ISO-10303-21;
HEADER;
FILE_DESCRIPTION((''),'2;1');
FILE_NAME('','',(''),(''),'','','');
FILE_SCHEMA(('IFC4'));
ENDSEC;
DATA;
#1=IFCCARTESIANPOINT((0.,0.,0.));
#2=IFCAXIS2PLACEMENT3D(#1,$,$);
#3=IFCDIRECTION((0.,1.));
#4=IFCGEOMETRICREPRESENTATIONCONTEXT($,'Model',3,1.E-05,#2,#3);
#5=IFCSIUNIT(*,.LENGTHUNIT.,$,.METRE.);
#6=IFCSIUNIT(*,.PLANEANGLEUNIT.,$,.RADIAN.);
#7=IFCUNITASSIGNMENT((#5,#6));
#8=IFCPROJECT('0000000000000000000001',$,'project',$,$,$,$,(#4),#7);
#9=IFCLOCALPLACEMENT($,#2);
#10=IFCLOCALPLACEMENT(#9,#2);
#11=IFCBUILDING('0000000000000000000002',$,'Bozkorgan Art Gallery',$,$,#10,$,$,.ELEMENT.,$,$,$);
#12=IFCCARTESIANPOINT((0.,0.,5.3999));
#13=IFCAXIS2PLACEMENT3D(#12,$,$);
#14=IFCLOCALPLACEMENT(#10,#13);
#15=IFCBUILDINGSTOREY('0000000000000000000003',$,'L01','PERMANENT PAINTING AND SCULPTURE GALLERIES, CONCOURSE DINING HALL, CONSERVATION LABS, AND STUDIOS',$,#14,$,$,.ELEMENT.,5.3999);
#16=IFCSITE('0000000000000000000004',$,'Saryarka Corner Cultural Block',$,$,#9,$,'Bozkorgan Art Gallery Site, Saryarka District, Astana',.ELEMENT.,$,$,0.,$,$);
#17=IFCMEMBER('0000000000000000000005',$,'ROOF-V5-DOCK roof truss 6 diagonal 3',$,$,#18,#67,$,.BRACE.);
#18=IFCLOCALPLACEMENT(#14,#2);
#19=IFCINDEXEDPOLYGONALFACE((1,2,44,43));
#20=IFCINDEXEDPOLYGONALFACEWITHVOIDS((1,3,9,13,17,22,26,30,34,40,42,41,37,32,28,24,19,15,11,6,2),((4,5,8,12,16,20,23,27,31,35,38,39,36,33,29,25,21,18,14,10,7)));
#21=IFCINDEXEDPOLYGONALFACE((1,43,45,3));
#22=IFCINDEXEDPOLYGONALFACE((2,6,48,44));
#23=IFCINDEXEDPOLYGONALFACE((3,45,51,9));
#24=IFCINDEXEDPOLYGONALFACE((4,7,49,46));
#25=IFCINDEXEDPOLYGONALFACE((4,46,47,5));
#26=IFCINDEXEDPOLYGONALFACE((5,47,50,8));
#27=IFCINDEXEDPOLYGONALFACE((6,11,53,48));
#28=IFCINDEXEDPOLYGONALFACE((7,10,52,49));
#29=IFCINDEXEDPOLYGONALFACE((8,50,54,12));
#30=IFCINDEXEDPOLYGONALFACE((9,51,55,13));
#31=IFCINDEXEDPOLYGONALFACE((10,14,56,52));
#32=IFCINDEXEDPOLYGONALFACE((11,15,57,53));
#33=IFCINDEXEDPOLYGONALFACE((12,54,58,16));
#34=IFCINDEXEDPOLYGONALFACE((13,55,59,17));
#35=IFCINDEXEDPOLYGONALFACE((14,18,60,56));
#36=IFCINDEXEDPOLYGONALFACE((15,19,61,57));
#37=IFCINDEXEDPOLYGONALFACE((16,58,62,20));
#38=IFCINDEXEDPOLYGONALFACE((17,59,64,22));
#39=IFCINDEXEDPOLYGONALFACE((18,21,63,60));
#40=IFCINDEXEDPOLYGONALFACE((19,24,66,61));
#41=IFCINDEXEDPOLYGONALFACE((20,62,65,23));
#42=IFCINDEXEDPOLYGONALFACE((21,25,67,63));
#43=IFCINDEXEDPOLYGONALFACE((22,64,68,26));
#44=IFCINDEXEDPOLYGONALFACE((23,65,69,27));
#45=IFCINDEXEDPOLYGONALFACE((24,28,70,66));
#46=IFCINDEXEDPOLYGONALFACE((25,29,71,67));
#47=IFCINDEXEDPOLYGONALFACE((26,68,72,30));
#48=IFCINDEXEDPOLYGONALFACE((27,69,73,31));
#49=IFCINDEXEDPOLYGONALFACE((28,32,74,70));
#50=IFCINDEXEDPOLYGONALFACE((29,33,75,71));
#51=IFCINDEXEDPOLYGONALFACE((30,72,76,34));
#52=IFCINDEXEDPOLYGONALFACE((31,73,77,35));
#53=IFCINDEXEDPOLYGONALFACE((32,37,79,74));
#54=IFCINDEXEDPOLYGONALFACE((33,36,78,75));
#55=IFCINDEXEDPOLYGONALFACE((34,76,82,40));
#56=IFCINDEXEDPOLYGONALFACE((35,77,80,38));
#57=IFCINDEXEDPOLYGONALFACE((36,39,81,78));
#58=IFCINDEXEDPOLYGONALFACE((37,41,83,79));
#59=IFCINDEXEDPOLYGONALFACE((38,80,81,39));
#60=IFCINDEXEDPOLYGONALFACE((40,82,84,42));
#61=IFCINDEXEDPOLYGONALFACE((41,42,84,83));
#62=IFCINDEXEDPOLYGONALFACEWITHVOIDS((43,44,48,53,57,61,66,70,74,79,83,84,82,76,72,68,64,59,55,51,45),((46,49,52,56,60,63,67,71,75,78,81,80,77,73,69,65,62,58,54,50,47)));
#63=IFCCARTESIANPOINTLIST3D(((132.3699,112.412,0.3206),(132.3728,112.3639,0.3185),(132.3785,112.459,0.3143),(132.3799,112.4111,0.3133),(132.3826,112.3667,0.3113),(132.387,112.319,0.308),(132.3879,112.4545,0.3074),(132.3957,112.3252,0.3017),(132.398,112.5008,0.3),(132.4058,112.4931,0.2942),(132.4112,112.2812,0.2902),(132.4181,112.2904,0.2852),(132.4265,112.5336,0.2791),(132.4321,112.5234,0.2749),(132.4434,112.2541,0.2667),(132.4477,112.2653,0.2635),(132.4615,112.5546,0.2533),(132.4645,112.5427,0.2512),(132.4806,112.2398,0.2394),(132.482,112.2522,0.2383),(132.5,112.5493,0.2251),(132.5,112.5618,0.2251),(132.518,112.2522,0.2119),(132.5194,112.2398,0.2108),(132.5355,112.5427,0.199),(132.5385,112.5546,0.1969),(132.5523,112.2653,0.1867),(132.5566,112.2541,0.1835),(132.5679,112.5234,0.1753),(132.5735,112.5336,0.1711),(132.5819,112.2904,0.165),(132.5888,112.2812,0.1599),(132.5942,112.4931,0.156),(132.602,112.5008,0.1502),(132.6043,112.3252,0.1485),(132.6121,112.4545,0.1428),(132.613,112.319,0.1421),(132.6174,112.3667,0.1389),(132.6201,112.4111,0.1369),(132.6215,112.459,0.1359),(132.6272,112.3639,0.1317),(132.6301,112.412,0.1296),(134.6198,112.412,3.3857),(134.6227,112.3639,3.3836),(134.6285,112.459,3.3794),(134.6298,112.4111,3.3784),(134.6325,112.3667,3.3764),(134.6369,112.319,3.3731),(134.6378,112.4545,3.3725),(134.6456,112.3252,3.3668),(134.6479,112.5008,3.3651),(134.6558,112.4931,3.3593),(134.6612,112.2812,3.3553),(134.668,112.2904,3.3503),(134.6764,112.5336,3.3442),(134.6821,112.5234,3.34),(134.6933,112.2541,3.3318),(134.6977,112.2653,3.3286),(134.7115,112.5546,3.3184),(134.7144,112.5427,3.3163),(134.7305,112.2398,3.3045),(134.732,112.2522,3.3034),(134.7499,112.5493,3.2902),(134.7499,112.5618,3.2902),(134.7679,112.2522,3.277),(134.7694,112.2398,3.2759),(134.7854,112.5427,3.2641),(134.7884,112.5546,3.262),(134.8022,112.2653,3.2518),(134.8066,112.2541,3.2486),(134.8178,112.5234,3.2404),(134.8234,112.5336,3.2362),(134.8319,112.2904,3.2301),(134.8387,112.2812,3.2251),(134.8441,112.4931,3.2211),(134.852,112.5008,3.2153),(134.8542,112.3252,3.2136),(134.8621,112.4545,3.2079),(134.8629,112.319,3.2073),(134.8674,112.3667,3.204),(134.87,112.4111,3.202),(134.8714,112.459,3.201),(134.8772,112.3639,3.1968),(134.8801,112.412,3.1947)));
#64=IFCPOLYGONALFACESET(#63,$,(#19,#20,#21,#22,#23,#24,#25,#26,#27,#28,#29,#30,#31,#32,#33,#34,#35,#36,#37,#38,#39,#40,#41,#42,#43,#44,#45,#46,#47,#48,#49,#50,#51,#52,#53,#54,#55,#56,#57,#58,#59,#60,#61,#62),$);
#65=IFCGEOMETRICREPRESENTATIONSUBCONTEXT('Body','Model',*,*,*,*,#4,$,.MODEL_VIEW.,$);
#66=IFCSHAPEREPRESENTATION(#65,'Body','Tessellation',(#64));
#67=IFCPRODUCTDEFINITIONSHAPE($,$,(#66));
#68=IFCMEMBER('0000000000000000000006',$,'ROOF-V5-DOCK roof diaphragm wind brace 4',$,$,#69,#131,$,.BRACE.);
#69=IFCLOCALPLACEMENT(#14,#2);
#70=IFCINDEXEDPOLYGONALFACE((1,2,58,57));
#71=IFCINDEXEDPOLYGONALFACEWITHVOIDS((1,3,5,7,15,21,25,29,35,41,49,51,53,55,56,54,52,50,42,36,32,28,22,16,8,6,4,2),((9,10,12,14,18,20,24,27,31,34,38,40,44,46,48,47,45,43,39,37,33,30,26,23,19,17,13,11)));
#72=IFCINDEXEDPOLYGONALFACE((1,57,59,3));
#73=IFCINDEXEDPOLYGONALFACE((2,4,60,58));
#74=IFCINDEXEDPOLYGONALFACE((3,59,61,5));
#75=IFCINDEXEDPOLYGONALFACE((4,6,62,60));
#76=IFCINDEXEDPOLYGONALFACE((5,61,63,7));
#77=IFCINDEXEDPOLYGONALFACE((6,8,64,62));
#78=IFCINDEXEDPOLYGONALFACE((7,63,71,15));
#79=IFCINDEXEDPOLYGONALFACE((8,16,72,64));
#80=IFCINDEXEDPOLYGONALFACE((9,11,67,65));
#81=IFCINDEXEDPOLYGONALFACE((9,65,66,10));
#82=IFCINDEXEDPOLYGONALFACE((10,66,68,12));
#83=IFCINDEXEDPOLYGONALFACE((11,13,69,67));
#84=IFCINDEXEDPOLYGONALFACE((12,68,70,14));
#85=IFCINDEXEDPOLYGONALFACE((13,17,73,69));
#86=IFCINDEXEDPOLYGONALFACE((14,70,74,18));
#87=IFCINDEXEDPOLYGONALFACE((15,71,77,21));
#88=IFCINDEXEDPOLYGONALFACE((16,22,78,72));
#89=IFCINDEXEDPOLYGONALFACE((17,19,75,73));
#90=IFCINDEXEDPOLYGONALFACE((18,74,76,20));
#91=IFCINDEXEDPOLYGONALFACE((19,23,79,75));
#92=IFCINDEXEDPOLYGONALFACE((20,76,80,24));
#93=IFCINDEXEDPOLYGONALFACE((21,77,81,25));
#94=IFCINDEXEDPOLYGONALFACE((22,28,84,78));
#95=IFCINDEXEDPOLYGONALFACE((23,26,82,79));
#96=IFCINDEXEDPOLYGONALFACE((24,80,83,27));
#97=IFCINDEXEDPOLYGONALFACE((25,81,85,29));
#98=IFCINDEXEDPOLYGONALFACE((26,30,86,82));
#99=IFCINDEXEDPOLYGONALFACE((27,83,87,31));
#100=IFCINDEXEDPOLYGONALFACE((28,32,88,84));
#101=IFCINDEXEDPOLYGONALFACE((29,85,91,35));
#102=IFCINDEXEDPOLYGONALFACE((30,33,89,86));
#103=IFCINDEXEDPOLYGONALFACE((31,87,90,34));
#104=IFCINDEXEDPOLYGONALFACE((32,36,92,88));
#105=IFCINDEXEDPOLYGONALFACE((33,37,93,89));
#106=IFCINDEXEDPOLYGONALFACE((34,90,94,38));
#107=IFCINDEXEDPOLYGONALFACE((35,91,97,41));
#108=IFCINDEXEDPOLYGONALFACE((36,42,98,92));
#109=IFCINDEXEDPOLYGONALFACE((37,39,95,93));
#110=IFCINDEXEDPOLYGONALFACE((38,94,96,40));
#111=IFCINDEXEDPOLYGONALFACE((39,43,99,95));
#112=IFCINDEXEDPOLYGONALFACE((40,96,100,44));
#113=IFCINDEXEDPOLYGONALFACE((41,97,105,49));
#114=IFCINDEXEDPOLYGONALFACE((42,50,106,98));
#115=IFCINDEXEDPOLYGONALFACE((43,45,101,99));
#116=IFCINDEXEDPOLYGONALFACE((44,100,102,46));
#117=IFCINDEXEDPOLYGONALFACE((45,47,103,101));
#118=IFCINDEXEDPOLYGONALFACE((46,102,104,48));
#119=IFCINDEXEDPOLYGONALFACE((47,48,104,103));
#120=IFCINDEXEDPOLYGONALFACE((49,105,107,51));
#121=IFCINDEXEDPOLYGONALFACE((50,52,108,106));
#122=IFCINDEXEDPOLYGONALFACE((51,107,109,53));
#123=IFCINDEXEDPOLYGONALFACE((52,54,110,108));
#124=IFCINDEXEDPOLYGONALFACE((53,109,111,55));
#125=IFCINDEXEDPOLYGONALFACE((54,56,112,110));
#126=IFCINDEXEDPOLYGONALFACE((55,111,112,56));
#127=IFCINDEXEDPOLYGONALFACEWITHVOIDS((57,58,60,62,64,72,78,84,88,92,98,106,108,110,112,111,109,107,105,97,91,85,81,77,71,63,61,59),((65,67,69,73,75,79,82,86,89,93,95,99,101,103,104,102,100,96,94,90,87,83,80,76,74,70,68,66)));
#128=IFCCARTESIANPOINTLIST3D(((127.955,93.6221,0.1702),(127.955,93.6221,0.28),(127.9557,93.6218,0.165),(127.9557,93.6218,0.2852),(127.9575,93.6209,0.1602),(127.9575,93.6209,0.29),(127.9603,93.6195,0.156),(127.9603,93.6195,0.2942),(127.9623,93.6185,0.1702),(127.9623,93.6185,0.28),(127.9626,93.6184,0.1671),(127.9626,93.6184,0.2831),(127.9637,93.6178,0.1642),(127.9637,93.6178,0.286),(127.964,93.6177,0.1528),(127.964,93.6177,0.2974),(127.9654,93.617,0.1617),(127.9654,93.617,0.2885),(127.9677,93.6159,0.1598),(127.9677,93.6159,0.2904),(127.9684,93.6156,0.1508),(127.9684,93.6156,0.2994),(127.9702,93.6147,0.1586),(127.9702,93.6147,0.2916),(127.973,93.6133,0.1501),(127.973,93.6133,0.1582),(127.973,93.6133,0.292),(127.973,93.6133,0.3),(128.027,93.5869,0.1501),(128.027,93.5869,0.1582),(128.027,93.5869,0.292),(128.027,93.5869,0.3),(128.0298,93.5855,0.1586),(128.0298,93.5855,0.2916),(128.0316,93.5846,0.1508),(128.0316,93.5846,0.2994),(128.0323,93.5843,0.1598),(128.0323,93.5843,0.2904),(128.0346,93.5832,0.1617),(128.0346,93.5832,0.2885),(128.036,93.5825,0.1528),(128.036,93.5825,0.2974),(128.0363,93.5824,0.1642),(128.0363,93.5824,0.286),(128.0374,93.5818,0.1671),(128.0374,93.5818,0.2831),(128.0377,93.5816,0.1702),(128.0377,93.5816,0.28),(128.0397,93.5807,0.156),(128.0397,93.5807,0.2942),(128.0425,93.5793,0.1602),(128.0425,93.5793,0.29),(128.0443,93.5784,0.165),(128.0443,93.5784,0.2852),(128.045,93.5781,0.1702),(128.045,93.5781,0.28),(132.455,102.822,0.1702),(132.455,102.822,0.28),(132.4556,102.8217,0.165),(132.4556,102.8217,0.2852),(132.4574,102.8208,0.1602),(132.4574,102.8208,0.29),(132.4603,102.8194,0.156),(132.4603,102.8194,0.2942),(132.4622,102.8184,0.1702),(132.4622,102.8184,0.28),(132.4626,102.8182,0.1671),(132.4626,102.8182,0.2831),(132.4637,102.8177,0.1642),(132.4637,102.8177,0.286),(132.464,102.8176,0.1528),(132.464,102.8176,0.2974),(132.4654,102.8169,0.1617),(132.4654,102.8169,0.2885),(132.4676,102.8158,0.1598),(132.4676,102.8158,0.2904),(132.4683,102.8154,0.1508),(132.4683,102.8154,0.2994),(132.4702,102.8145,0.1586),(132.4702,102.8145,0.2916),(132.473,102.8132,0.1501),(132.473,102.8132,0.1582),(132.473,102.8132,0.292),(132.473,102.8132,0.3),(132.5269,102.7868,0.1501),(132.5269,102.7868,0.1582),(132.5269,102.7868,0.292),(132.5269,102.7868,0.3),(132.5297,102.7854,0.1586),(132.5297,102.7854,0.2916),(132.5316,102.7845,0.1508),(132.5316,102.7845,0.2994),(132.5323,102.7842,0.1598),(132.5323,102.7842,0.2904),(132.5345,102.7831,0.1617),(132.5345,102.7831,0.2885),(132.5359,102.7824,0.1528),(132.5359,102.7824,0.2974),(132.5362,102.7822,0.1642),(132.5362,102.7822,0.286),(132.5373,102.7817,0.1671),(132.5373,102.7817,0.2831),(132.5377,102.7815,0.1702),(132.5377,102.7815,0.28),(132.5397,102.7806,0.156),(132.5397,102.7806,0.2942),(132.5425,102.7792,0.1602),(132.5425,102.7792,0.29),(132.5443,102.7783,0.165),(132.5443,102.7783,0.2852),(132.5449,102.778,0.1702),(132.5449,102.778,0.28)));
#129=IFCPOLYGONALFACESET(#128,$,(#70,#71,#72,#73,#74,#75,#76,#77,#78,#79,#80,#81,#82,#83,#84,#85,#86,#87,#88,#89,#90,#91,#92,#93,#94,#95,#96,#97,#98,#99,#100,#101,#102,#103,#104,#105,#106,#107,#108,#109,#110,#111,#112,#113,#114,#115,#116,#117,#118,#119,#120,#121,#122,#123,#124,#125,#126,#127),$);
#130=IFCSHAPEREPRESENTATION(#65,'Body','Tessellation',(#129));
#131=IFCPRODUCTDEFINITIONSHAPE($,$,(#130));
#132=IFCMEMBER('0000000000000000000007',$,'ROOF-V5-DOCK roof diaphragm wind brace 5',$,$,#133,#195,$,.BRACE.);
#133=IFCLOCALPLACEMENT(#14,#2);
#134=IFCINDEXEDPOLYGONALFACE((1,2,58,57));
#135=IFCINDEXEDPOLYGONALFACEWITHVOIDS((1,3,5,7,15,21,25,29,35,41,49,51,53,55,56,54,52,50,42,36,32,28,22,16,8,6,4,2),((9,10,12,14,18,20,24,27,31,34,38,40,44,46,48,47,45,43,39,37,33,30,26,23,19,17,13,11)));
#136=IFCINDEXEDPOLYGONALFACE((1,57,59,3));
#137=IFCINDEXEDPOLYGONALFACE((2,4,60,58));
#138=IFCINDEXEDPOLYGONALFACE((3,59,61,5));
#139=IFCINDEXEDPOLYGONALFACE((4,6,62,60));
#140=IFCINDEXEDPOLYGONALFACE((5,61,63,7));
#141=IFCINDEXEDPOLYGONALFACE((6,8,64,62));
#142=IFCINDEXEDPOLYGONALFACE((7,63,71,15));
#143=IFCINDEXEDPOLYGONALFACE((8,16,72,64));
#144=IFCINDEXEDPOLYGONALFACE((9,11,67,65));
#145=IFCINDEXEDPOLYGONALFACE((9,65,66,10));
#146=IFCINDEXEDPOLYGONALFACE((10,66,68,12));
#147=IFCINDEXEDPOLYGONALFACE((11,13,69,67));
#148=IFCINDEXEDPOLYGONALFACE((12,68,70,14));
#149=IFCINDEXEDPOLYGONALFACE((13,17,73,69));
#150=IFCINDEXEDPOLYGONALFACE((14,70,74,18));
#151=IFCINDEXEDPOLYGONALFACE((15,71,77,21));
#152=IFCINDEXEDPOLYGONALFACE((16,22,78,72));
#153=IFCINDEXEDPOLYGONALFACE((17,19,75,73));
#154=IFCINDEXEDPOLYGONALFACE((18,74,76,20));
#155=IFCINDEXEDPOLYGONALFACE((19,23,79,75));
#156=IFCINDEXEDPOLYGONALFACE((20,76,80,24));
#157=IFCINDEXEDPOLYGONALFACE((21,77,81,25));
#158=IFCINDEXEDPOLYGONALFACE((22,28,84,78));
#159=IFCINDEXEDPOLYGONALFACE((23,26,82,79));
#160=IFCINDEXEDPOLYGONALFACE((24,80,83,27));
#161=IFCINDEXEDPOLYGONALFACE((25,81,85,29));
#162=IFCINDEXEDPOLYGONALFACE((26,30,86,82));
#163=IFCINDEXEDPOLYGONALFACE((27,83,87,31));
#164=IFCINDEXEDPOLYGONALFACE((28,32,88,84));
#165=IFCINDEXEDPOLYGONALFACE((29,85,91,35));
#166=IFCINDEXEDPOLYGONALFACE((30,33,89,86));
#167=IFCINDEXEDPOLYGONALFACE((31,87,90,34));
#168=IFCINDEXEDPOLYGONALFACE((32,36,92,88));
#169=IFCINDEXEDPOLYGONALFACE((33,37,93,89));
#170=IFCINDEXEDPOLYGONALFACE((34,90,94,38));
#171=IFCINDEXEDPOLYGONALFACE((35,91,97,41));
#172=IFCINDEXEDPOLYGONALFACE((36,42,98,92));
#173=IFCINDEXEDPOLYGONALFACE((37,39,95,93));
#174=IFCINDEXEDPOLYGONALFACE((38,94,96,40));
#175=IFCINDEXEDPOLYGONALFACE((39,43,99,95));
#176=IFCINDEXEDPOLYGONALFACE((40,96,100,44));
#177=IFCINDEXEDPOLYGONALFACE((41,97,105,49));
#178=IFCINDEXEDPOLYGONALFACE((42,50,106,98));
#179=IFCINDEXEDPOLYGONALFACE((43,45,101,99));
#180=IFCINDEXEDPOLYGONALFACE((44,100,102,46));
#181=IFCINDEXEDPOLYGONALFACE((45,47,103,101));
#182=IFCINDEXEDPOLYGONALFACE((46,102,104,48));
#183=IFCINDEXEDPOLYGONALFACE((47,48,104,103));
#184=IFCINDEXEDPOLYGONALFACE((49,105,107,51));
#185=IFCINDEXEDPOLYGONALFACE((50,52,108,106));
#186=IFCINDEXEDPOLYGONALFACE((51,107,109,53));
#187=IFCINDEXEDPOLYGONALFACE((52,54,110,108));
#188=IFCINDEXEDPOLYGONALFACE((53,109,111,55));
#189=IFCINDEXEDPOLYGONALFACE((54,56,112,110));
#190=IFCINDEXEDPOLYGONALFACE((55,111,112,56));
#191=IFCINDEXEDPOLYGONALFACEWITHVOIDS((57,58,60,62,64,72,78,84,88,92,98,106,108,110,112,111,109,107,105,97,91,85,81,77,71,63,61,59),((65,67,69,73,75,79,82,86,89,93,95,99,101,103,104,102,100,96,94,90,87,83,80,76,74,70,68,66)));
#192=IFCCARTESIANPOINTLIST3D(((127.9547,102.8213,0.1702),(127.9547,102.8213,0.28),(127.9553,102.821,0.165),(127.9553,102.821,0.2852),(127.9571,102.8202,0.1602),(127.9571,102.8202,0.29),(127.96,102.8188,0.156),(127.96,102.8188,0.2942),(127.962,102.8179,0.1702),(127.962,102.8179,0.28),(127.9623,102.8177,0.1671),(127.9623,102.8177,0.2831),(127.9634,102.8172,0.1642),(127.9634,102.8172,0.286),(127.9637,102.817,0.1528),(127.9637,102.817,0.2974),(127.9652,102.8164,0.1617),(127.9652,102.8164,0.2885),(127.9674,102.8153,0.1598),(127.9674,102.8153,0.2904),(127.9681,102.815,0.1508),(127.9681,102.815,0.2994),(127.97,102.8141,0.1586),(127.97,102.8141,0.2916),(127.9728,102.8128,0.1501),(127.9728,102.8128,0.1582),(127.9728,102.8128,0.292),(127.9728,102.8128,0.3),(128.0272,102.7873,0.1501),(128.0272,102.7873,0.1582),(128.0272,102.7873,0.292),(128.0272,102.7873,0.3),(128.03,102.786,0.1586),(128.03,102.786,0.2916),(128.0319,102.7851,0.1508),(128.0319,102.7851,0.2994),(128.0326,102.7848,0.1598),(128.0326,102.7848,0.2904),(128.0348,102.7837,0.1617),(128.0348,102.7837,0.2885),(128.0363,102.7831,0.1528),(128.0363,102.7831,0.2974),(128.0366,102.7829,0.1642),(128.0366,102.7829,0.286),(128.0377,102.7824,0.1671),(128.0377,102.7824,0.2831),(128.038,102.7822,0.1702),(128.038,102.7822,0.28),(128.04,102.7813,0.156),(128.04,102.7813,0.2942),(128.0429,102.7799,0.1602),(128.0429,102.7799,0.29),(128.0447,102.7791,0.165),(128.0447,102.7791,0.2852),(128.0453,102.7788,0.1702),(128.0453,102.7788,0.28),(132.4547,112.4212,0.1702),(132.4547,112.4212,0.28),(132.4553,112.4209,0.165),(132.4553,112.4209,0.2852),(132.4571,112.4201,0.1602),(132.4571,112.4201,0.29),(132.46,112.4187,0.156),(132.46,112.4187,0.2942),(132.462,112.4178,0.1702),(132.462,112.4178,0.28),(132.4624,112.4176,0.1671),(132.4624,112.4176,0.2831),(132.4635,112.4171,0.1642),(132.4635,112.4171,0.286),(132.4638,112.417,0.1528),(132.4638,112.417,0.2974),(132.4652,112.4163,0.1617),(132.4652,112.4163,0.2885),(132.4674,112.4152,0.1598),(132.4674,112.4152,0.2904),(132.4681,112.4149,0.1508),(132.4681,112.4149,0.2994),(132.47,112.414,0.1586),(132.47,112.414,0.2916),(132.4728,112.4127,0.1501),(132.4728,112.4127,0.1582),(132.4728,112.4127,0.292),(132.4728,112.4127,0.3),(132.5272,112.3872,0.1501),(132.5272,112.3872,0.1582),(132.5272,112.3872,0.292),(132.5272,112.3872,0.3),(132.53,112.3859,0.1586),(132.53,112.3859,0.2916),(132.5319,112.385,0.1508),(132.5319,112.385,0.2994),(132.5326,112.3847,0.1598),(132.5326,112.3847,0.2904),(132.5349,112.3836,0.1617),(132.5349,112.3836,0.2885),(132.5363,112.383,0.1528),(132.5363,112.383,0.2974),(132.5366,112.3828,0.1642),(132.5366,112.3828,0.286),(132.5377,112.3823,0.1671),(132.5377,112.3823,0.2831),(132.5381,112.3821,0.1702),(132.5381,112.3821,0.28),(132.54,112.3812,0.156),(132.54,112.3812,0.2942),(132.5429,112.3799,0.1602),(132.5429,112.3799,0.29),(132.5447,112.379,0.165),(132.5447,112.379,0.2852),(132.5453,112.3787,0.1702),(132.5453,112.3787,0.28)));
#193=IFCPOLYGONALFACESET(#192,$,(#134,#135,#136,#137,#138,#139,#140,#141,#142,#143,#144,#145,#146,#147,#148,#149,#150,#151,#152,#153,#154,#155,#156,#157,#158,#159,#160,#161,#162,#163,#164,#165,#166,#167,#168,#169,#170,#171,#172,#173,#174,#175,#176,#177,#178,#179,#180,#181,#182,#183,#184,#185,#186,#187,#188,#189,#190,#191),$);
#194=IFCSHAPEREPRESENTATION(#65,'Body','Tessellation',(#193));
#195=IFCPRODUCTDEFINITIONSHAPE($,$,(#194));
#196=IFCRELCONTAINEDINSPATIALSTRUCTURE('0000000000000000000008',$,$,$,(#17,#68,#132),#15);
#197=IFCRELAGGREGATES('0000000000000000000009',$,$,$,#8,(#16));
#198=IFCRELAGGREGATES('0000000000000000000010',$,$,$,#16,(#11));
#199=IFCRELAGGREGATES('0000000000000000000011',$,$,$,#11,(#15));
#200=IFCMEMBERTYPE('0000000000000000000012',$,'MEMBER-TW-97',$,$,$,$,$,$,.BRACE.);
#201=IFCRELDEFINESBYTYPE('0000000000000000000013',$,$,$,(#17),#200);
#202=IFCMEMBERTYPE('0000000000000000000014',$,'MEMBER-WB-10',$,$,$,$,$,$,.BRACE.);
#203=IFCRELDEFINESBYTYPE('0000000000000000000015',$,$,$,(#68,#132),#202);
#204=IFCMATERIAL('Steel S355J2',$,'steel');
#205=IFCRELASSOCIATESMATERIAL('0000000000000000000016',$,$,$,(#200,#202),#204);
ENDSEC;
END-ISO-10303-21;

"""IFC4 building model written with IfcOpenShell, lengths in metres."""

from ifc_helpers import new_model, si_unit, direction, frame, origin, origin_2d, place, context, subcontext, project, spatial, hollow_rectangle, hollow_circle, extrude, material, material_profile, profile_set, type_object, element, save


model = new_model("IFC4")

# Units and contexts
model_context = context("Model", 3, precision=1e-05, world=origin(), true_north=direction((0.0, 1.0)))
body_context = subcontext(model_context, "Body", "Model", "MODEL_VIEW")
ifc_project = project(units=[si_unit("LENGTHUNIT", "METRE"), si_unit("PLANEANGLEUNIT", "RADIAN")], contexts=[model_context])

# Site, building, storey
site_placement = place(None, origin())
site = spatial("IfcSite", under=ifc_project, at=site_placement, Name="Saryarka Corner Cultural Block", LongName="Bozkorgan Art Gallery Site, Saryarka District, Astana", CompositionType="ELEMENT", RefElevation=0.0)
building_placement = place(site_placement, origin())
building = spatial("IfcBuilding", under=site, at=building_placement, Name="Bozkorgan Art Gallery", CompositionType="ELEMENT")
storey_placement = place(building_placement, frame((0.0, 0.0, 5.3999)))
storey = spatial("IfcBuildingStorey", under=building, at=storey_placement, Name="L01", Description="PERMANENT PAINTING AND SCULPTURE GALLERIES, CONCOURSE DINING HALL, CONSERVATION LABS, AND STUDIOS", CompositionType="ELEMENT", Elevation=5.3999)

# Members
ifc_material_1 = material(Name="Steel S355J2", Category="steel")
ifc_material_profile_1 = material_profile(ifc_material_1, hollow_circle(Radius=0.1619, WallThickness=0.0125, at=origin_2d()), Name="CHS 323.9x12.5")
ifc_profile_set_1 = profile_set([ifc_material_profile_1], Name="Steel S355J2")
member_type_1 = type_object("IfcMemberType", Name="MEMBER-TW-97", PredefinedType="BRACE", material=ifc_profile_set_1)
member_1_placement = place(storey_placement, frame((132.5, 112.3999, 0.2251), z_axis=(0.591739, 0.0, 0.806129), x_axis=(0.0, 1.0, 0.0)))
element("IfcMember", 1, at=member_1_placement, inside=storey, type_object=member_type_1, Name="ROOF-V5-DOCK roof truss 6 diagonal 3", PredefinedType="BRACE", context=body_context, shape_type="SweptSolid", body=[
    extrude(hollow_circle(Radius=0.1619, WallThickness=0.0125, at=origin_2d()), origin(), (0.0, 0.0, 1.0), 3.8022),
])
ifc_material_profile_2 = material_profile(ifc_material_1, hollow_rectangle(XDim=0.1001, YDim=0.1499, WallThickness=0.0081, InnerFilletRadius=0.012, OuterFilletRadius=0.02, at=origin_2d()), Name="RHS 150x100x8")
ifc_profile_set_2 = profile_set([ifc_material_profile_2], Name="Steel S355J2")
member_type_2 = type_object("IfcMemberType", Name="MEMBER-WB-10", PredefinedType="BRACE", material=ifc_profile_set_2)
member_2_placement = place(storey_placement, frame((128.0, 93.6001, 0.2251), z_axis=(0.439387, 0.898298, 0.0), x_axis=(-0.898298, 0.439387, 0.0)))
element("IfcMember", 2, at=member_2_placement, inside=storey, type_object=member_type_2, Name="ROOF-V5-DOCK roof diaphragm wind brace 4", PredefinedType="BRACE", context=body_context, shape_type="SweptSolid", body=[
    extrude(hollow_rectangle(XDim=0.1001, YDim=0.1499, WallThickness=0.0081, InnerFilletRadius=0.012, OuterFilletRadius=0.02, at=origin_2d()), origin(), (0.0, 0.0, 1.0), 10.2415),
])
member_3_placement = place(storey_placement, frame((128.0, 102.8, 0.2251), z_axis=(0.424439, 0.905456, 0.0), x_axis=(-0.905456, 0.424439, 0.0)))
element("IfcMember", 3, at=member_3_placement, inside=storey, type_object=member_type_2, Name="ROOF-V5-DOCK roof diaphragm wind brace 5", PredefinedType="BRACE", context=body_context, shape_type="SweptSolid", body=[
    extrude(hollow_rectangle(XDim=0.1001, YDim=0.1499, WallThickness=0.0081, InnerFilletRadius=0.012, OuterFilletRadius=0.02, at=origin_2d()), origin(), (0.0, 0.0, 1.0), 10.6023),
])

save(model, "model.ifc")
